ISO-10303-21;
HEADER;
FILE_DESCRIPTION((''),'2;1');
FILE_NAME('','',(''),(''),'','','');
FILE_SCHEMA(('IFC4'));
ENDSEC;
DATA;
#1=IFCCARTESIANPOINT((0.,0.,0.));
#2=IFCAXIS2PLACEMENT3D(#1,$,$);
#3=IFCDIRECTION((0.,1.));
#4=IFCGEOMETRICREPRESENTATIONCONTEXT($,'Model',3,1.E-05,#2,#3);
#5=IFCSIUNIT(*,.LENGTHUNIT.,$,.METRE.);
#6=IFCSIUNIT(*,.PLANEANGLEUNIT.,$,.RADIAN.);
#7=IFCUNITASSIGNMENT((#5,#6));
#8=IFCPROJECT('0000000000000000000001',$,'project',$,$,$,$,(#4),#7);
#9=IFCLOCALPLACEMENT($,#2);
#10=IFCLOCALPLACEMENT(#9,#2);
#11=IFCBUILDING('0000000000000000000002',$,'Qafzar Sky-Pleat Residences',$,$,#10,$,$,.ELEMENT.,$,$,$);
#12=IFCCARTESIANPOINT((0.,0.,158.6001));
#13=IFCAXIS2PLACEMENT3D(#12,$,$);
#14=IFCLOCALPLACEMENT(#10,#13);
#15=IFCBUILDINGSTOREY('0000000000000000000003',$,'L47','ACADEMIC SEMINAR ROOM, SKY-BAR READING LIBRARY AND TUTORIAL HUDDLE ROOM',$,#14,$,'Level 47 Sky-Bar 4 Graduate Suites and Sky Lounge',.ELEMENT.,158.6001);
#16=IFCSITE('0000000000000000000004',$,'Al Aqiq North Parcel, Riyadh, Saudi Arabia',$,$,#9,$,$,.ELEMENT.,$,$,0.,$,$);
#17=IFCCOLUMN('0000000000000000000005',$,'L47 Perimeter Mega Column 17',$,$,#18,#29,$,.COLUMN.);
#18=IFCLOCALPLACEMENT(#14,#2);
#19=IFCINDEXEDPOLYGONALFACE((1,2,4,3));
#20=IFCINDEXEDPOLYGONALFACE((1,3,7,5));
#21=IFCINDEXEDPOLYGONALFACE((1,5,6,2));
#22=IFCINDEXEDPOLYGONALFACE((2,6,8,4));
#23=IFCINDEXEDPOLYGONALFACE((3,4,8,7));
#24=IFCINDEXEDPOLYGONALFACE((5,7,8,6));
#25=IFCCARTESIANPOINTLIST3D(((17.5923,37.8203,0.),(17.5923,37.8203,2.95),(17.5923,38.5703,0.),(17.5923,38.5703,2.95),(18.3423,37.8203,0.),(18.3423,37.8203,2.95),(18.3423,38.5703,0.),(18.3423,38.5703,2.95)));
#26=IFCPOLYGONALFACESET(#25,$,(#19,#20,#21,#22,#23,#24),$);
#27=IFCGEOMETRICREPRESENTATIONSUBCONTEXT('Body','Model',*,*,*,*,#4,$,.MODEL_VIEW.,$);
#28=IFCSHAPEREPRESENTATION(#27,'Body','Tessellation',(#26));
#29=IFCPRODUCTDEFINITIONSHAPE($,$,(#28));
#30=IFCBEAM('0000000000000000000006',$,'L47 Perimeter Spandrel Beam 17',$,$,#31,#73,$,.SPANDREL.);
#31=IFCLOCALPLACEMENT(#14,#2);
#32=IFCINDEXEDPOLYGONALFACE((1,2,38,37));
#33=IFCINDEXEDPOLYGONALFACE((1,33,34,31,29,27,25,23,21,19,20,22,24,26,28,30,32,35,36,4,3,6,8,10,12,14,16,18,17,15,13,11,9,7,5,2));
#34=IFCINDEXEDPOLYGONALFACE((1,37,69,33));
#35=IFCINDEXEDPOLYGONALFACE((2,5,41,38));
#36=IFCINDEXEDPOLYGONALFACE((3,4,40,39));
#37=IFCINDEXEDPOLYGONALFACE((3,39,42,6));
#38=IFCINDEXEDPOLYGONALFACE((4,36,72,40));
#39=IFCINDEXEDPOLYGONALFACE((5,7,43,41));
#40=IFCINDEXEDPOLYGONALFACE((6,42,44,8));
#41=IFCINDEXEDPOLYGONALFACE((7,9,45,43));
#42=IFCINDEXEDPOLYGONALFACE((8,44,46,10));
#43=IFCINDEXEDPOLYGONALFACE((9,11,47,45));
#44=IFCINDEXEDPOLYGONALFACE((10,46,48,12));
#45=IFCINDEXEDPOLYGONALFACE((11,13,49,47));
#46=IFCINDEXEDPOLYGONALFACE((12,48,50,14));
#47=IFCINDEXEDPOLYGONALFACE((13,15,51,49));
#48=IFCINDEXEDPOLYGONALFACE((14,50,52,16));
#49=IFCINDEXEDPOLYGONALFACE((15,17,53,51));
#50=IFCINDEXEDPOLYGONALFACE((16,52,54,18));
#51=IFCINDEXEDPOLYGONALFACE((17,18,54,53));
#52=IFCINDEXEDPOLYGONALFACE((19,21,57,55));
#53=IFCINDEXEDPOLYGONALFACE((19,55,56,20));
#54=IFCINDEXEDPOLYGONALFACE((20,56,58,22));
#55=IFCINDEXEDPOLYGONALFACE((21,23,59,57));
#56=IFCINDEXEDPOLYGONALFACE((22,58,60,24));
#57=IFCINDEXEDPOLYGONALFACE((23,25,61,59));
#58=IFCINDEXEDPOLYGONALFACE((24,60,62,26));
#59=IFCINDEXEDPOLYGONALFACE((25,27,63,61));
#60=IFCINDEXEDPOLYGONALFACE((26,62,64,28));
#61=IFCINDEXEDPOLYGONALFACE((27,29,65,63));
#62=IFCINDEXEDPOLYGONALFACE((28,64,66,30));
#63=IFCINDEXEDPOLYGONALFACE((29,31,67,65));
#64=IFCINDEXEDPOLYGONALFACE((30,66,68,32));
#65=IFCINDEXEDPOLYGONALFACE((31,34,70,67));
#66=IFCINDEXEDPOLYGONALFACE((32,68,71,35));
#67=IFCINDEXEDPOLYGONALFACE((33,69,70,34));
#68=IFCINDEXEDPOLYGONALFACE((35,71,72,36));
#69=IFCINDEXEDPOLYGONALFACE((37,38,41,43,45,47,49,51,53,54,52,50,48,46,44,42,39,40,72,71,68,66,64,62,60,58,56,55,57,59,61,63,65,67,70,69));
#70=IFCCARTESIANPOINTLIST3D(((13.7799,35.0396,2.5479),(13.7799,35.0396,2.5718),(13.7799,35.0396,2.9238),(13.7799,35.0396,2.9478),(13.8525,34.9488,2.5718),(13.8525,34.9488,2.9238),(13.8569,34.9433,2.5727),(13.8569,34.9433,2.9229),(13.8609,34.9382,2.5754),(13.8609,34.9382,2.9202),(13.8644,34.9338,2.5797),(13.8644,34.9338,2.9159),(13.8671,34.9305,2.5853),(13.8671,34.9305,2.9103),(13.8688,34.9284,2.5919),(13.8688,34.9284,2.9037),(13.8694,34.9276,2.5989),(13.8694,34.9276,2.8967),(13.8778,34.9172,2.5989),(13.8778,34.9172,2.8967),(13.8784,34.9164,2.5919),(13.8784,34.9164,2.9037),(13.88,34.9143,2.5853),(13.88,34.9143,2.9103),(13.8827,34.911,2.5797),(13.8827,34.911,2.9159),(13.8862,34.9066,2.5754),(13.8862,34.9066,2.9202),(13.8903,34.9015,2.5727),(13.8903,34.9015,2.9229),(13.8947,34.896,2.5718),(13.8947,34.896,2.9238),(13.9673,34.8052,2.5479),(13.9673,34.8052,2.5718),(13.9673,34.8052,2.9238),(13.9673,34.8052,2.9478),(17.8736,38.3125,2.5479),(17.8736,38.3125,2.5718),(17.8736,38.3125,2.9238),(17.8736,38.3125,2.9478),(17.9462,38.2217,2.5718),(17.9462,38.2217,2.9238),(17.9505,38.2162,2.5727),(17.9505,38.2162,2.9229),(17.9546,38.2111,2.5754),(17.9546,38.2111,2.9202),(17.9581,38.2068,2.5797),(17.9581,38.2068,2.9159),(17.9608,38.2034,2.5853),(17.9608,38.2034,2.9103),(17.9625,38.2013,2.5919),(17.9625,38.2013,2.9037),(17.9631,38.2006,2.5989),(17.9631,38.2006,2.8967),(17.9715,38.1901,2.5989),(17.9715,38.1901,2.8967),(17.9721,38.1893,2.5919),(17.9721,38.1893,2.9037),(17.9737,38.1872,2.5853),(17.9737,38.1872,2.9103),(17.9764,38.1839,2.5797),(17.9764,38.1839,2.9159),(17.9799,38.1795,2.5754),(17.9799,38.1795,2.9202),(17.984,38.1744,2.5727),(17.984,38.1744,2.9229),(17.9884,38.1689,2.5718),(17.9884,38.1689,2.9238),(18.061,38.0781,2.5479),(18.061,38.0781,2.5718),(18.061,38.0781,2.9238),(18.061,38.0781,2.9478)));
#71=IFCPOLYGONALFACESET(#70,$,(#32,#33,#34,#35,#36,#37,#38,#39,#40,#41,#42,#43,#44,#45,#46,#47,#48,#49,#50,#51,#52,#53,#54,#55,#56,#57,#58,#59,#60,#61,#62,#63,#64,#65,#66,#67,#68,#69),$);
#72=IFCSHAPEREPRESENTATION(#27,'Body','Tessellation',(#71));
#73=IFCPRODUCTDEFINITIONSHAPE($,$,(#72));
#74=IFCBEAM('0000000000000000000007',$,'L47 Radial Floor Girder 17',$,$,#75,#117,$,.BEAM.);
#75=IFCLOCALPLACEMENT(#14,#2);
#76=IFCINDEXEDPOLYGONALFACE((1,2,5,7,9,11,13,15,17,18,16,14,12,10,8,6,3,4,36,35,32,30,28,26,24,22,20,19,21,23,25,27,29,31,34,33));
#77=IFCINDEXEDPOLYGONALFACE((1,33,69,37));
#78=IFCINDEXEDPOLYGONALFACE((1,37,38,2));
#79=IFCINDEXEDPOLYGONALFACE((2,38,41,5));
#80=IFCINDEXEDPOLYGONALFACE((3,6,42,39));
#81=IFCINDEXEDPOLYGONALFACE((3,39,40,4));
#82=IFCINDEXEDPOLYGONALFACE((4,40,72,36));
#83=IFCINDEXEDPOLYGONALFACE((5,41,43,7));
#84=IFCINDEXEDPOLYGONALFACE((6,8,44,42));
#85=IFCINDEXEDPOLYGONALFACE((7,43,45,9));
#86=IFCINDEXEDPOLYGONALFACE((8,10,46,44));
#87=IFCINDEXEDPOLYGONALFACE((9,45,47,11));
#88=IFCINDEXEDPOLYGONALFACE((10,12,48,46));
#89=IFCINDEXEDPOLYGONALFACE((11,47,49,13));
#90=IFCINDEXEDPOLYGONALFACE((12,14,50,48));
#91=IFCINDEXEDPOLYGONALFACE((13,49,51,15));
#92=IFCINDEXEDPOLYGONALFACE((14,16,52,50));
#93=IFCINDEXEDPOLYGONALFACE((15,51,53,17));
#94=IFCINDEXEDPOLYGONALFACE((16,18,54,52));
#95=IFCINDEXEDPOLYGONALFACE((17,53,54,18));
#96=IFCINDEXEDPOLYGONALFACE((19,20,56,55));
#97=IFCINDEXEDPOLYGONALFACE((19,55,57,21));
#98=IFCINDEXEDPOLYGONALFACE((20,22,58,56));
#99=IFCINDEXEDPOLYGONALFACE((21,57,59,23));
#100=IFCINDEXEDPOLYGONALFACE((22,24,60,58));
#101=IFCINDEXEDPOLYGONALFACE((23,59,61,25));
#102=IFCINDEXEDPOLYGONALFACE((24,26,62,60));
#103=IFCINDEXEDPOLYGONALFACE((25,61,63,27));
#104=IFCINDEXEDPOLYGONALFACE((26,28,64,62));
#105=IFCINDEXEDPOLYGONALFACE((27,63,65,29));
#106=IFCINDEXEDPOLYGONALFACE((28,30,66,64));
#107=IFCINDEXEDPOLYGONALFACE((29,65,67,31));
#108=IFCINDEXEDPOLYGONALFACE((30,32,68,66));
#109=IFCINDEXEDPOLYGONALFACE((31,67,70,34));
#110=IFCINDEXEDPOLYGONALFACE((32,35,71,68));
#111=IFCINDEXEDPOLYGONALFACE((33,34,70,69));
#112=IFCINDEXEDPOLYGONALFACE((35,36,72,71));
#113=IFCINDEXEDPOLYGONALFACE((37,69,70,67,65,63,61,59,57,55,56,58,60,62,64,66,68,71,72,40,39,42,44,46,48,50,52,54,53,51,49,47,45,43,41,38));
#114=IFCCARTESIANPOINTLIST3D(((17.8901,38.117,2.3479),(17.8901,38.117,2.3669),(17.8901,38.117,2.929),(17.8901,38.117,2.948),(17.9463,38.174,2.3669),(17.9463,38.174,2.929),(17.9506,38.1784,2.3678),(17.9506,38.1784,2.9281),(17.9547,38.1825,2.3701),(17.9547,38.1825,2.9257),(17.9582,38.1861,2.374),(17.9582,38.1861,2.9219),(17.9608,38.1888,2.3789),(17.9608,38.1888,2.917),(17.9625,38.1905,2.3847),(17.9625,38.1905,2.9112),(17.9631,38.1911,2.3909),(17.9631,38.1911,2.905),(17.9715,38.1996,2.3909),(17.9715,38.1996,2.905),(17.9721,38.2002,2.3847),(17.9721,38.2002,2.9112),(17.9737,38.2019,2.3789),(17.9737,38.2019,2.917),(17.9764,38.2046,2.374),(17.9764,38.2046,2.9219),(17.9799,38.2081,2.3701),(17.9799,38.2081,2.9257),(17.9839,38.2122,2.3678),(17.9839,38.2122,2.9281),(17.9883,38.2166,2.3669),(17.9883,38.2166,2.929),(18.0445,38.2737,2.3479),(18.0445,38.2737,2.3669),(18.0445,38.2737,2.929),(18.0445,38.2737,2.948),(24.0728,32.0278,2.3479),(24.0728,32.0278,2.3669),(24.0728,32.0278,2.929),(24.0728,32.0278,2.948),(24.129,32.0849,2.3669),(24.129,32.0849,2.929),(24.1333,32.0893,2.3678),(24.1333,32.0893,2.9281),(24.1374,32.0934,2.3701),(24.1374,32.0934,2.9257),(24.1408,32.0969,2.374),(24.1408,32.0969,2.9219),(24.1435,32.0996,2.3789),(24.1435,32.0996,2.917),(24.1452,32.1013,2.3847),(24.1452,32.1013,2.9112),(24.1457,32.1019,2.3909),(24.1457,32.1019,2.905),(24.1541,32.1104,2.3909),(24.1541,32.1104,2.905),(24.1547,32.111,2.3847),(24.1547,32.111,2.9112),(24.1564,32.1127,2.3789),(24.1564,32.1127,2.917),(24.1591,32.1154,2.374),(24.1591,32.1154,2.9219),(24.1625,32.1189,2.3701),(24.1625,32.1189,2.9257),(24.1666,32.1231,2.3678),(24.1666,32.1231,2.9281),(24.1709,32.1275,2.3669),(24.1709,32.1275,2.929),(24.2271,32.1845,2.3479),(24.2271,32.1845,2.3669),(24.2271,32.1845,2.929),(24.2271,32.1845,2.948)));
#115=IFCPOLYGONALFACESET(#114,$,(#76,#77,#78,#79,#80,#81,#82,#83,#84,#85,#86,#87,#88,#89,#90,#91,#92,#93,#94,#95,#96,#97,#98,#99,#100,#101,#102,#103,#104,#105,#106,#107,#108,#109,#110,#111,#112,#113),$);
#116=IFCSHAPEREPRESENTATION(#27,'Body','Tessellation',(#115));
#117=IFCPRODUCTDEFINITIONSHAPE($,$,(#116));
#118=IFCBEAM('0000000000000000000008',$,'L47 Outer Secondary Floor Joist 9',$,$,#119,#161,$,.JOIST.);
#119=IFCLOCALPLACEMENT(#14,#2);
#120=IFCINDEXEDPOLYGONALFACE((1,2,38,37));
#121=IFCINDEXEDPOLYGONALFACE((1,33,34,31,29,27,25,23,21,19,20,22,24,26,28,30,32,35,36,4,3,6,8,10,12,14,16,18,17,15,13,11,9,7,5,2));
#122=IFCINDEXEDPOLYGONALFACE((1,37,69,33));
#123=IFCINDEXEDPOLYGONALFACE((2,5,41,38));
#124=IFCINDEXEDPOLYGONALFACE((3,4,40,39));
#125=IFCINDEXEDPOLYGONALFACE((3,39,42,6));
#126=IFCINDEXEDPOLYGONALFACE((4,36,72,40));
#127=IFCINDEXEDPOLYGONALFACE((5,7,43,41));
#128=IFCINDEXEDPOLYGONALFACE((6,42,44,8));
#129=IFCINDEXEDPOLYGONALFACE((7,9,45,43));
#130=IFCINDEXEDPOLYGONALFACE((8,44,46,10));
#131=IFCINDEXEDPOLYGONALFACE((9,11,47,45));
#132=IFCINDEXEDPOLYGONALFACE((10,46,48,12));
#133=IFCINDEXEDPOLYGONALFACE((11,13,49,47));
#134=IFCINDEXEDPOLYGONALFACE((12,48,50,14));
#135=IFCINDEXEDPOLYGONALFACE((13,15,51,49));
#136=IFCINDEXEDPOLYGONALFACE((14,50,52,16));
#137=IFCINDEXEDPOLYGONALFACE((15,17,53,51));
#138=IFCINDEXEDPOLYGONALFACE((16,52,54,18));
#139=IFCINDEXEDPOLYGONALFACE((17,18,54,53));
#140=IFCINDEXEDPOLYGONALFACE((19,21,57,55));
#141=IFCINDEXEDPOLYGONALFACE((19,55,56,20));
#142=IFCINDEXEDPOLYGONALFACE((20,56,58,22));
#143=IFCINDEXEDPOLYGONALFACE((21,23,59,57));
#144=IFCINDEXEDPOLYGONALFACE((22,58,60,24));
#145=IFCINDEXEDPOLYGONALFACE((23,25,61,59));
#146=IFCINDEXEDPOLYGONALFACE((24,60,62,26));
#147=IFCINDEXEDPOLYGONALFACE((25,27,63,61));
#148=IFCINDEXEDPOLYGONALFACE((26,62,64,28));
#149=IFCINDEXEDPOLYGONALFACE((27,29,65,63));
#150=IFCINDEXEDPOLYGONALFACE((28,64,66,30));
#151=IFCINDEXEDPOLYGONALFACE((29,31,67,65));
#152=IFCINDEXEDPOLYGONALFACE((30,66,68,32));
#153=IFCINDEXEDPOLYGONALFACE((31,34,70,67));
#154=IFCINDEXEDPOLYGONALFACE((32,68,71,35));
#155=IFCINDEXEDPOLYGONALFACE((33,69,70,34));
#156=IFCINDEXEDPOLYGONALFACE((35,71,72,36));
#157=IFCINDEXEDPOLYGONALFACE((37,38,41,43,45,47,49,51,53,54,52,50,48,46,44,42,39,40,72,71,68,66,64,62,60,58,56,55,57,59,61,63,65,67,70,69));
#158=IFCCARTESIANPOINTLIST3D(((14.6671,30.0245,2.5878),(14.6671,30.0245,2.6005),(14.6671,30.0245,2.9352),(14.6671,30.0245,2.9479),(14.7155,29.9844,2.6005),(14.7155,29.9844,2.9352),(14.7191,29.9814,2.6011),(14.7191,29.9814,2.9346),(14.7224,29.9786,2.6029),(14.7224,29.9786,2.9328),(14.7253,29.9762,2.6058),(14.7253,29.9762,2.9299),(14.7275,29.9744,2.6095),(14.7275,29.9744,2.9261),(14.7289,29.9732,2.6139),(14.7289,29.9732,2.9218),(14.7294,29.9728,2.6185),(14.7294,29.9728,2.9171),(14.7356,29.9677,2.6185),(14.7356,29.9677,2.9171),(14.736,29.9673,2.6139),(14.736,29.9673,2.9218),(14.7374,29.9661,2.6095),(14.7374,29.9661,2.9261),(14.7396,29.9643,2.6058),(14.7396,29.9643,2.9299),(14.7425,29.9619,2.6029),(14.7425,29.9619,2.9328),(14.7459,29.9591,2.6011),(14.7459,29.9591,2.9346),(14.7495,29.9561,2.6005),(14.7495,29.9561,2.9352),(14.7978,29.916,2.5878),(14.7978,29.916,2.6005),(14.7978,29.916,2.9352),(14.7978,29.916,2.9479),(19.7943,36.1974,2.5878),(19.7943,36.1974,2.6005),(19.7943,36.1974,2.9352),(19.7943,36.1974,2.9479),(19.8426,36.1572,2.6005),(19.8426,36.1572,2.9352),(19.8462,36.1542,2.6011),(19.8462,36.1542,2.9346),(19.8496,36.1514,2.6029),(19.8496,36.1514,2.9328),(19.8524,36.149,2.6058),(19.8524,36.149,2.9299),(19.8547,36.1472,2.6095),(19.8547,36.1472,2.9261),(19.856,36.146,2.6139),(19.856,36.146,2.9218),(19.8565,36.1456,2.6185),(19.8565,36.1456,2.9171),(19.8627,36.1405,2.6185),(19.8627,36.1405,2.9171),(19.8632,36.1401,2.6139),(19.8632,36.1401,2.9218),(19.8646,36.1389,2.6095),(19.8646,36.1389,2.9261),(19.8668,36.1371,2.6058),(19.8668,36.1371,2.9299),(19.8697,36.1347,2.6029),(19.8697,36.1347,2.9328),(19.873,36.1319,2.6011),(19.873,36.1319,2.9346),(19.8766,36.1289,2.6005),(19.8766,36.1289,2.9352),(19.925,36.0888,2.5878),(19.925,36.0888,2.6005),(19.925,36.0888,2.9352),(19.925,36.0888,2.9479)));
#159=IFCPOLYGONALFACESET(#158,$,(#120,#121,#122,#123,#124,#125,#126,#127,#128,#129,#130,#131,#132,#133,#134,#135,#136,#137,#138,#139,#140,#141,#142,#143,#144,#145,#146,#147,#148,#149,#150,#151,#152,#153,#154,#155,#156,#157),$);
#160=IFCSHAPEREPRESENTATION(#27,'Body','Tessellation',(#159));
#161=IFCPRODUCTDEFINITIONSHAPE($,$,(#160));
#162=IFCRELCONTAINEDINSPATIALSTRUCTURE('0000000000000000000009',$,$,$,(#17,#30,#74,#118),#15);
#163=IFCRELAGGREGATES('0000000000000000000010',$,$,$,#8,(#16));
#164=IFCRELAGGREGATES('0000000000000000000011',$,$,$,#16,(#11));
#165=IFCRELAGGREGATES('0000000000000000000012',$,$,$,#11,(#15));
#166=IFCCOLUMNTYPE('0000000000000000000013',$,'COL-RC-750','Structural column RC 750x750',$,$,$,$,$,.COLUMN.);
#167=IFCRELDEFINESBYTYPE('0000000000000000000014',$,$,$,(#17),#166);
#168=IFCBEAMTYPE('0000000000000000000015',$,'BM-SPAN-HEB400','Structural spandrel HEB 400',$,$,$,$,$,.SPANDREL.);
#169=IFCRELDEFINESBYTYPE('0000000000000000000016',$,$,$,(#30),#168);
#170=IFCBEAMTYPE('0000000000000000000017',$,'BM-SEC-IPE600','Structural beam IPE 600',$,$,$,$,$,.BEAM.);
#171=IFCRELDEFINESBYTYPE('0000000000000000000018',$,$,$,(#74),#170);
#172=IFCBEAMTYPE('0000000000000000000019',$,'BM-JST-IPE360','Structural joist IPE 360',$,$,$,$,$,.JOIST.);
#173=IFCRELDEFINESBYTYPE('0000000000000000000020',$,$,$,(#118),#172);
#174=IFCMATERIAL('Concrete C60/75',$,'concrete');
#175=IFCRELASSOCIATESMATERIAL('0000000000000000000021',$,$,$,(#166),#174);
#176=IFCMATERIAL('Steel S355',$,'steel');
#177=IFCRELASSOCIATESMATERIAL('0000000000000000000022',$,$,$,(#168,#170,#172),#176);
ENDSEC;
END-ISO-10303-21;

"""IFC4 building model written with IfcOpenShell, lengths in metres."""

from ifc_helpers import new_model, si_unit, direction, frame, origin, origin_2d, place, context, subcontext, project, spatial, rectangle, i_section, extrude, source, transform, mapped, material, material_profile, profile_set, type_object, element, save


model = new_model("IFC4")

# Units and contexts
model_context = context("Model", 3, precision=1e-05, world=origin(), true_north=direction((0.0, 1.0)))
body_context = subcontext(model_context, "Body", "Model", "MODEL_VIEW")
ifc_project = project(units=[si_unit("LENGTHUNIT", "METRE"), si_unit("PLANEANGLEUNIT", "RADIAN")], contexts=[model_context])

# Site, building, storey
site_placement = place(None, origin())
site = spatial("IfcSite", under=ifc_project, at=site_placement, Name="Al Aqiq North Parcel, Riyadh, Saudi Arabia", CompositionType="ELEMENT", RefElevation=0.0)
building_placement = place(site_placement, origin())
building = spatial("IfcBuilding", under=site, at=building_placement, Name="Qafzar Sky-Pleat Residences", CompositionType="ELEMENT")
storey_placement = place(building_placement, frame((0.0, 0.0, 158.6001)))
storey = spatial("IfcBuildingStorey", under=building, at=storey_placement, Name="L47", Description="ACADEMIC SEMINAR ROOM, SKY-BAR READING LIBRARY AND TUTORIAL HUDDLE ROOM", LongName="Level 47 Sky-Bar 4 Graduate Suites and Sky Lounge", CompositionType="ELEMENT", Elevation=158.6001)

# Column
ifc_material_1 = material(Name="Concrete C60/75", Category="concrete")
ifc_material_profile_1 = material_profile(ifc_material_1, rectangle(XDim=0.75, YDim=0.75, at=origin_2d()), Name="RC 750x750")
ifc_profile_set_1 = profile_set([ifc_material_profile_1], Name="Concrete C60/75")
column_type = type_object("IfcColumnType", Name="COL-RC-750", Description="Structural column RC 750x750", PredefinedType="COLUMN", material=ifc_profile_set_1)
shared_shape_1 = source(origin(), body_context, "Body", "SweptSolid", [
    extrude(rectangle(XDim=0.75, YDim=0.75, at=origin_2d()), origin(), (0.0, 0.0, 1.0), 2.95),
])
column_placement = place(storey_placement, frame((17.9673, 38.1953, 0.0), z_axis=(0.0, 0.0, 1.0), x_axis=(1.0, 0.0, 0.0)))
element("IfcColumn", 1, at=column_placement, inside=storey, type_object=column_type, Name="L47 Perimeter Mega Column 17", PredefinedType="COLUMN", context=body_context, shape_type="MappedRepresentation", body=[
    mapped(shared_shape_1, transform((0.0, 0.0, 0.0), x_axis=(1.0, 0.0, 0.0), y_axis=(0.0, 1.0, 0.0), z_axis=(0.0, 0.0, 1.0), scale=1.0)),
])

# Beams
ifc_material_2 = material(Name="Steel S355", Category="steel")
ifc_material_profile_2 = material_profile(ifc_material_2, i_section(OverallWidth=0.3, OverallDepth=0.3999, WebThickness=0.0134, FlangeThickness=0.0239, FilletRadius=0.0271, at=origin_2d()), Name="HEB 400")
ifc_profile_set_2 = profile_set([ifc_material_profile_2], Name="Steel S355")
beam_type_1 = type_object("IfcBeamType", Name="BM-SPAN-HEB400", Description="Structural spandrel HEB 400", PredefinedType="SPANDREL", material=ifc_profile_set_2)
shared_shape_2 = source(origin(), body_context, "Body", "SweptSolid", [
    extrude(i_section(OverallWidth=0.3, OverallDepth=0.3999, WebThickness=0.0134, FlangeThickness=0.0239, FilletRadius=0.0271, at=origin_2d()), origin(), (0.0, 0.0, 1.0), 5.2412),
])
beam_1_placement = place(storey_placement, frame((17.9673, 38.1953, 2.7478), z_axis=(-0.78106, -0.624456, 0.0), x_axis=(0.624456, -0.78106, 0.0)))
element("IfcBeam", 2, at=beam_1_placement, inside=storey, type_object=beam_type_1, Name="L47 Perimeter Spandrel Beam 17", PredefinedType="SPANDREL", context=body_context, shape_type="MappedRepresentation", body=[
    mapped(shared_shape_2, transform((0.0, 0.0, 0.0), x_axis=(1.0, 0.0, 0.0), y_axis=(0.0, 1.0, 0.0), z_axis=(0.0, 0.0, 1.0), scale=1.0)),
])
ifc_material_profile_3 = material_profile(ifc_material_2, i_section(OverallWidth=0.22, OverallDepth=0.6001, WebThickness=0.012, FlangeThickness=0.019, FilletRadius=0.0239, at=origin_2d()), Name="IPE 600")
ifc_profile_set_3 = profile_set([ifc_material_profile_3], Name="Steel S355")
beam_type_2 = type_object("IfcBeamType", Name="BM-SEC-IPE600", Description="Structural beam IPE 600", PredefinedType="BEAM", material=ifc_profile_set_3)
shared_shape_3 = source(origin(), body_context, "Body", "SweptSolid", [
    extrude(i_section(OverallWidth=0.22, OverallDepth=0.6001, WebThickness=0.012, FlangeThickness=0.019, FilletRadius=0.0239, at=origin_2d()), origin(), (0.0, 0.0, 1.0), 8.6777),
])
beam_2_placement = place(storey_placement, frame((17.9673, 38.1953, 2.6479), z_axis=(0.712474, -0.701699, 0.0), x_axis=(0.701699, 0.712474, 0.0)))
element("IfcBeam", 3, at=beam_2_placement, inside=storey, type_object=beam_type_2, Name="L47 Radial Floor Girder 17", PredefinedType="BEAM", context=body_context, shape_type="MappedRepresentation", body=[
    mapped(shared_shape_3, transform((0.0, 0.0, 0.0), x_axis=(1.0, 0.0, 0.0), y_axis=(0.0, 1.0, 0.0), z_axis=(0.0, 0.0, 1.0), scale=1.0)),
])
ifc_material_profile_4 = material_profile(ifc_material_2, i_section(OverallWidth=0.1699, OverallDepth=0.3601, WebThickness=0.0081, FlangeThickness=0.0127, FilletRadius=0.0181, at=origin_2d()), Name="IPE 360")
ifc_profile_set_4 = profile_set([ifc_material_profile_4], Name="Steel S355")
beam_type_3 = type_object("IfcBeamType", Name="BM-JST-IPE360", Description="Structural joist IPE 360", PredefinedType="JOIST", material=ifc_profile_set_4)
shared_shape_4 = source(origin(), body_context, "Body", "SweptSolid", [
    extrude(i_section(OverallWidth=0.1699, OverallDepth=0.3601, WebThickness=0.0081, FlangeThickness=0.0127, FilletRadius=0.0181, at=origin_2d()), origin(), (0.0, 0.0, 1.0), 8.0244),
])
beam_3_placement = place(storey_placement, frame((19.8596, 36.1431, 2.7678), z_axis=(-0.638945, -0.769253, 0.0), x_axis=(0.769253, -0.638945, 0.0)))
element("IfcBeam", 4, at=beam_3_placement, inside=storey, type_object=beam_type_3, Name="L47 Outer Secondary Floor Joist 9", PredefinedType="JOIST", context=body_context, shape_type="MappedRepresentation", body=[
    mapped(shared_shape_4, transform((0.0, 0.0, 0.0), x_axis=(1.0, 0.0, 0.0), y_axis=(0.0, 1.0, 0.0), z_axis=(0.0, 0.0, 1.0), scale=1.0)),
])

save(model, "model.ifc")
